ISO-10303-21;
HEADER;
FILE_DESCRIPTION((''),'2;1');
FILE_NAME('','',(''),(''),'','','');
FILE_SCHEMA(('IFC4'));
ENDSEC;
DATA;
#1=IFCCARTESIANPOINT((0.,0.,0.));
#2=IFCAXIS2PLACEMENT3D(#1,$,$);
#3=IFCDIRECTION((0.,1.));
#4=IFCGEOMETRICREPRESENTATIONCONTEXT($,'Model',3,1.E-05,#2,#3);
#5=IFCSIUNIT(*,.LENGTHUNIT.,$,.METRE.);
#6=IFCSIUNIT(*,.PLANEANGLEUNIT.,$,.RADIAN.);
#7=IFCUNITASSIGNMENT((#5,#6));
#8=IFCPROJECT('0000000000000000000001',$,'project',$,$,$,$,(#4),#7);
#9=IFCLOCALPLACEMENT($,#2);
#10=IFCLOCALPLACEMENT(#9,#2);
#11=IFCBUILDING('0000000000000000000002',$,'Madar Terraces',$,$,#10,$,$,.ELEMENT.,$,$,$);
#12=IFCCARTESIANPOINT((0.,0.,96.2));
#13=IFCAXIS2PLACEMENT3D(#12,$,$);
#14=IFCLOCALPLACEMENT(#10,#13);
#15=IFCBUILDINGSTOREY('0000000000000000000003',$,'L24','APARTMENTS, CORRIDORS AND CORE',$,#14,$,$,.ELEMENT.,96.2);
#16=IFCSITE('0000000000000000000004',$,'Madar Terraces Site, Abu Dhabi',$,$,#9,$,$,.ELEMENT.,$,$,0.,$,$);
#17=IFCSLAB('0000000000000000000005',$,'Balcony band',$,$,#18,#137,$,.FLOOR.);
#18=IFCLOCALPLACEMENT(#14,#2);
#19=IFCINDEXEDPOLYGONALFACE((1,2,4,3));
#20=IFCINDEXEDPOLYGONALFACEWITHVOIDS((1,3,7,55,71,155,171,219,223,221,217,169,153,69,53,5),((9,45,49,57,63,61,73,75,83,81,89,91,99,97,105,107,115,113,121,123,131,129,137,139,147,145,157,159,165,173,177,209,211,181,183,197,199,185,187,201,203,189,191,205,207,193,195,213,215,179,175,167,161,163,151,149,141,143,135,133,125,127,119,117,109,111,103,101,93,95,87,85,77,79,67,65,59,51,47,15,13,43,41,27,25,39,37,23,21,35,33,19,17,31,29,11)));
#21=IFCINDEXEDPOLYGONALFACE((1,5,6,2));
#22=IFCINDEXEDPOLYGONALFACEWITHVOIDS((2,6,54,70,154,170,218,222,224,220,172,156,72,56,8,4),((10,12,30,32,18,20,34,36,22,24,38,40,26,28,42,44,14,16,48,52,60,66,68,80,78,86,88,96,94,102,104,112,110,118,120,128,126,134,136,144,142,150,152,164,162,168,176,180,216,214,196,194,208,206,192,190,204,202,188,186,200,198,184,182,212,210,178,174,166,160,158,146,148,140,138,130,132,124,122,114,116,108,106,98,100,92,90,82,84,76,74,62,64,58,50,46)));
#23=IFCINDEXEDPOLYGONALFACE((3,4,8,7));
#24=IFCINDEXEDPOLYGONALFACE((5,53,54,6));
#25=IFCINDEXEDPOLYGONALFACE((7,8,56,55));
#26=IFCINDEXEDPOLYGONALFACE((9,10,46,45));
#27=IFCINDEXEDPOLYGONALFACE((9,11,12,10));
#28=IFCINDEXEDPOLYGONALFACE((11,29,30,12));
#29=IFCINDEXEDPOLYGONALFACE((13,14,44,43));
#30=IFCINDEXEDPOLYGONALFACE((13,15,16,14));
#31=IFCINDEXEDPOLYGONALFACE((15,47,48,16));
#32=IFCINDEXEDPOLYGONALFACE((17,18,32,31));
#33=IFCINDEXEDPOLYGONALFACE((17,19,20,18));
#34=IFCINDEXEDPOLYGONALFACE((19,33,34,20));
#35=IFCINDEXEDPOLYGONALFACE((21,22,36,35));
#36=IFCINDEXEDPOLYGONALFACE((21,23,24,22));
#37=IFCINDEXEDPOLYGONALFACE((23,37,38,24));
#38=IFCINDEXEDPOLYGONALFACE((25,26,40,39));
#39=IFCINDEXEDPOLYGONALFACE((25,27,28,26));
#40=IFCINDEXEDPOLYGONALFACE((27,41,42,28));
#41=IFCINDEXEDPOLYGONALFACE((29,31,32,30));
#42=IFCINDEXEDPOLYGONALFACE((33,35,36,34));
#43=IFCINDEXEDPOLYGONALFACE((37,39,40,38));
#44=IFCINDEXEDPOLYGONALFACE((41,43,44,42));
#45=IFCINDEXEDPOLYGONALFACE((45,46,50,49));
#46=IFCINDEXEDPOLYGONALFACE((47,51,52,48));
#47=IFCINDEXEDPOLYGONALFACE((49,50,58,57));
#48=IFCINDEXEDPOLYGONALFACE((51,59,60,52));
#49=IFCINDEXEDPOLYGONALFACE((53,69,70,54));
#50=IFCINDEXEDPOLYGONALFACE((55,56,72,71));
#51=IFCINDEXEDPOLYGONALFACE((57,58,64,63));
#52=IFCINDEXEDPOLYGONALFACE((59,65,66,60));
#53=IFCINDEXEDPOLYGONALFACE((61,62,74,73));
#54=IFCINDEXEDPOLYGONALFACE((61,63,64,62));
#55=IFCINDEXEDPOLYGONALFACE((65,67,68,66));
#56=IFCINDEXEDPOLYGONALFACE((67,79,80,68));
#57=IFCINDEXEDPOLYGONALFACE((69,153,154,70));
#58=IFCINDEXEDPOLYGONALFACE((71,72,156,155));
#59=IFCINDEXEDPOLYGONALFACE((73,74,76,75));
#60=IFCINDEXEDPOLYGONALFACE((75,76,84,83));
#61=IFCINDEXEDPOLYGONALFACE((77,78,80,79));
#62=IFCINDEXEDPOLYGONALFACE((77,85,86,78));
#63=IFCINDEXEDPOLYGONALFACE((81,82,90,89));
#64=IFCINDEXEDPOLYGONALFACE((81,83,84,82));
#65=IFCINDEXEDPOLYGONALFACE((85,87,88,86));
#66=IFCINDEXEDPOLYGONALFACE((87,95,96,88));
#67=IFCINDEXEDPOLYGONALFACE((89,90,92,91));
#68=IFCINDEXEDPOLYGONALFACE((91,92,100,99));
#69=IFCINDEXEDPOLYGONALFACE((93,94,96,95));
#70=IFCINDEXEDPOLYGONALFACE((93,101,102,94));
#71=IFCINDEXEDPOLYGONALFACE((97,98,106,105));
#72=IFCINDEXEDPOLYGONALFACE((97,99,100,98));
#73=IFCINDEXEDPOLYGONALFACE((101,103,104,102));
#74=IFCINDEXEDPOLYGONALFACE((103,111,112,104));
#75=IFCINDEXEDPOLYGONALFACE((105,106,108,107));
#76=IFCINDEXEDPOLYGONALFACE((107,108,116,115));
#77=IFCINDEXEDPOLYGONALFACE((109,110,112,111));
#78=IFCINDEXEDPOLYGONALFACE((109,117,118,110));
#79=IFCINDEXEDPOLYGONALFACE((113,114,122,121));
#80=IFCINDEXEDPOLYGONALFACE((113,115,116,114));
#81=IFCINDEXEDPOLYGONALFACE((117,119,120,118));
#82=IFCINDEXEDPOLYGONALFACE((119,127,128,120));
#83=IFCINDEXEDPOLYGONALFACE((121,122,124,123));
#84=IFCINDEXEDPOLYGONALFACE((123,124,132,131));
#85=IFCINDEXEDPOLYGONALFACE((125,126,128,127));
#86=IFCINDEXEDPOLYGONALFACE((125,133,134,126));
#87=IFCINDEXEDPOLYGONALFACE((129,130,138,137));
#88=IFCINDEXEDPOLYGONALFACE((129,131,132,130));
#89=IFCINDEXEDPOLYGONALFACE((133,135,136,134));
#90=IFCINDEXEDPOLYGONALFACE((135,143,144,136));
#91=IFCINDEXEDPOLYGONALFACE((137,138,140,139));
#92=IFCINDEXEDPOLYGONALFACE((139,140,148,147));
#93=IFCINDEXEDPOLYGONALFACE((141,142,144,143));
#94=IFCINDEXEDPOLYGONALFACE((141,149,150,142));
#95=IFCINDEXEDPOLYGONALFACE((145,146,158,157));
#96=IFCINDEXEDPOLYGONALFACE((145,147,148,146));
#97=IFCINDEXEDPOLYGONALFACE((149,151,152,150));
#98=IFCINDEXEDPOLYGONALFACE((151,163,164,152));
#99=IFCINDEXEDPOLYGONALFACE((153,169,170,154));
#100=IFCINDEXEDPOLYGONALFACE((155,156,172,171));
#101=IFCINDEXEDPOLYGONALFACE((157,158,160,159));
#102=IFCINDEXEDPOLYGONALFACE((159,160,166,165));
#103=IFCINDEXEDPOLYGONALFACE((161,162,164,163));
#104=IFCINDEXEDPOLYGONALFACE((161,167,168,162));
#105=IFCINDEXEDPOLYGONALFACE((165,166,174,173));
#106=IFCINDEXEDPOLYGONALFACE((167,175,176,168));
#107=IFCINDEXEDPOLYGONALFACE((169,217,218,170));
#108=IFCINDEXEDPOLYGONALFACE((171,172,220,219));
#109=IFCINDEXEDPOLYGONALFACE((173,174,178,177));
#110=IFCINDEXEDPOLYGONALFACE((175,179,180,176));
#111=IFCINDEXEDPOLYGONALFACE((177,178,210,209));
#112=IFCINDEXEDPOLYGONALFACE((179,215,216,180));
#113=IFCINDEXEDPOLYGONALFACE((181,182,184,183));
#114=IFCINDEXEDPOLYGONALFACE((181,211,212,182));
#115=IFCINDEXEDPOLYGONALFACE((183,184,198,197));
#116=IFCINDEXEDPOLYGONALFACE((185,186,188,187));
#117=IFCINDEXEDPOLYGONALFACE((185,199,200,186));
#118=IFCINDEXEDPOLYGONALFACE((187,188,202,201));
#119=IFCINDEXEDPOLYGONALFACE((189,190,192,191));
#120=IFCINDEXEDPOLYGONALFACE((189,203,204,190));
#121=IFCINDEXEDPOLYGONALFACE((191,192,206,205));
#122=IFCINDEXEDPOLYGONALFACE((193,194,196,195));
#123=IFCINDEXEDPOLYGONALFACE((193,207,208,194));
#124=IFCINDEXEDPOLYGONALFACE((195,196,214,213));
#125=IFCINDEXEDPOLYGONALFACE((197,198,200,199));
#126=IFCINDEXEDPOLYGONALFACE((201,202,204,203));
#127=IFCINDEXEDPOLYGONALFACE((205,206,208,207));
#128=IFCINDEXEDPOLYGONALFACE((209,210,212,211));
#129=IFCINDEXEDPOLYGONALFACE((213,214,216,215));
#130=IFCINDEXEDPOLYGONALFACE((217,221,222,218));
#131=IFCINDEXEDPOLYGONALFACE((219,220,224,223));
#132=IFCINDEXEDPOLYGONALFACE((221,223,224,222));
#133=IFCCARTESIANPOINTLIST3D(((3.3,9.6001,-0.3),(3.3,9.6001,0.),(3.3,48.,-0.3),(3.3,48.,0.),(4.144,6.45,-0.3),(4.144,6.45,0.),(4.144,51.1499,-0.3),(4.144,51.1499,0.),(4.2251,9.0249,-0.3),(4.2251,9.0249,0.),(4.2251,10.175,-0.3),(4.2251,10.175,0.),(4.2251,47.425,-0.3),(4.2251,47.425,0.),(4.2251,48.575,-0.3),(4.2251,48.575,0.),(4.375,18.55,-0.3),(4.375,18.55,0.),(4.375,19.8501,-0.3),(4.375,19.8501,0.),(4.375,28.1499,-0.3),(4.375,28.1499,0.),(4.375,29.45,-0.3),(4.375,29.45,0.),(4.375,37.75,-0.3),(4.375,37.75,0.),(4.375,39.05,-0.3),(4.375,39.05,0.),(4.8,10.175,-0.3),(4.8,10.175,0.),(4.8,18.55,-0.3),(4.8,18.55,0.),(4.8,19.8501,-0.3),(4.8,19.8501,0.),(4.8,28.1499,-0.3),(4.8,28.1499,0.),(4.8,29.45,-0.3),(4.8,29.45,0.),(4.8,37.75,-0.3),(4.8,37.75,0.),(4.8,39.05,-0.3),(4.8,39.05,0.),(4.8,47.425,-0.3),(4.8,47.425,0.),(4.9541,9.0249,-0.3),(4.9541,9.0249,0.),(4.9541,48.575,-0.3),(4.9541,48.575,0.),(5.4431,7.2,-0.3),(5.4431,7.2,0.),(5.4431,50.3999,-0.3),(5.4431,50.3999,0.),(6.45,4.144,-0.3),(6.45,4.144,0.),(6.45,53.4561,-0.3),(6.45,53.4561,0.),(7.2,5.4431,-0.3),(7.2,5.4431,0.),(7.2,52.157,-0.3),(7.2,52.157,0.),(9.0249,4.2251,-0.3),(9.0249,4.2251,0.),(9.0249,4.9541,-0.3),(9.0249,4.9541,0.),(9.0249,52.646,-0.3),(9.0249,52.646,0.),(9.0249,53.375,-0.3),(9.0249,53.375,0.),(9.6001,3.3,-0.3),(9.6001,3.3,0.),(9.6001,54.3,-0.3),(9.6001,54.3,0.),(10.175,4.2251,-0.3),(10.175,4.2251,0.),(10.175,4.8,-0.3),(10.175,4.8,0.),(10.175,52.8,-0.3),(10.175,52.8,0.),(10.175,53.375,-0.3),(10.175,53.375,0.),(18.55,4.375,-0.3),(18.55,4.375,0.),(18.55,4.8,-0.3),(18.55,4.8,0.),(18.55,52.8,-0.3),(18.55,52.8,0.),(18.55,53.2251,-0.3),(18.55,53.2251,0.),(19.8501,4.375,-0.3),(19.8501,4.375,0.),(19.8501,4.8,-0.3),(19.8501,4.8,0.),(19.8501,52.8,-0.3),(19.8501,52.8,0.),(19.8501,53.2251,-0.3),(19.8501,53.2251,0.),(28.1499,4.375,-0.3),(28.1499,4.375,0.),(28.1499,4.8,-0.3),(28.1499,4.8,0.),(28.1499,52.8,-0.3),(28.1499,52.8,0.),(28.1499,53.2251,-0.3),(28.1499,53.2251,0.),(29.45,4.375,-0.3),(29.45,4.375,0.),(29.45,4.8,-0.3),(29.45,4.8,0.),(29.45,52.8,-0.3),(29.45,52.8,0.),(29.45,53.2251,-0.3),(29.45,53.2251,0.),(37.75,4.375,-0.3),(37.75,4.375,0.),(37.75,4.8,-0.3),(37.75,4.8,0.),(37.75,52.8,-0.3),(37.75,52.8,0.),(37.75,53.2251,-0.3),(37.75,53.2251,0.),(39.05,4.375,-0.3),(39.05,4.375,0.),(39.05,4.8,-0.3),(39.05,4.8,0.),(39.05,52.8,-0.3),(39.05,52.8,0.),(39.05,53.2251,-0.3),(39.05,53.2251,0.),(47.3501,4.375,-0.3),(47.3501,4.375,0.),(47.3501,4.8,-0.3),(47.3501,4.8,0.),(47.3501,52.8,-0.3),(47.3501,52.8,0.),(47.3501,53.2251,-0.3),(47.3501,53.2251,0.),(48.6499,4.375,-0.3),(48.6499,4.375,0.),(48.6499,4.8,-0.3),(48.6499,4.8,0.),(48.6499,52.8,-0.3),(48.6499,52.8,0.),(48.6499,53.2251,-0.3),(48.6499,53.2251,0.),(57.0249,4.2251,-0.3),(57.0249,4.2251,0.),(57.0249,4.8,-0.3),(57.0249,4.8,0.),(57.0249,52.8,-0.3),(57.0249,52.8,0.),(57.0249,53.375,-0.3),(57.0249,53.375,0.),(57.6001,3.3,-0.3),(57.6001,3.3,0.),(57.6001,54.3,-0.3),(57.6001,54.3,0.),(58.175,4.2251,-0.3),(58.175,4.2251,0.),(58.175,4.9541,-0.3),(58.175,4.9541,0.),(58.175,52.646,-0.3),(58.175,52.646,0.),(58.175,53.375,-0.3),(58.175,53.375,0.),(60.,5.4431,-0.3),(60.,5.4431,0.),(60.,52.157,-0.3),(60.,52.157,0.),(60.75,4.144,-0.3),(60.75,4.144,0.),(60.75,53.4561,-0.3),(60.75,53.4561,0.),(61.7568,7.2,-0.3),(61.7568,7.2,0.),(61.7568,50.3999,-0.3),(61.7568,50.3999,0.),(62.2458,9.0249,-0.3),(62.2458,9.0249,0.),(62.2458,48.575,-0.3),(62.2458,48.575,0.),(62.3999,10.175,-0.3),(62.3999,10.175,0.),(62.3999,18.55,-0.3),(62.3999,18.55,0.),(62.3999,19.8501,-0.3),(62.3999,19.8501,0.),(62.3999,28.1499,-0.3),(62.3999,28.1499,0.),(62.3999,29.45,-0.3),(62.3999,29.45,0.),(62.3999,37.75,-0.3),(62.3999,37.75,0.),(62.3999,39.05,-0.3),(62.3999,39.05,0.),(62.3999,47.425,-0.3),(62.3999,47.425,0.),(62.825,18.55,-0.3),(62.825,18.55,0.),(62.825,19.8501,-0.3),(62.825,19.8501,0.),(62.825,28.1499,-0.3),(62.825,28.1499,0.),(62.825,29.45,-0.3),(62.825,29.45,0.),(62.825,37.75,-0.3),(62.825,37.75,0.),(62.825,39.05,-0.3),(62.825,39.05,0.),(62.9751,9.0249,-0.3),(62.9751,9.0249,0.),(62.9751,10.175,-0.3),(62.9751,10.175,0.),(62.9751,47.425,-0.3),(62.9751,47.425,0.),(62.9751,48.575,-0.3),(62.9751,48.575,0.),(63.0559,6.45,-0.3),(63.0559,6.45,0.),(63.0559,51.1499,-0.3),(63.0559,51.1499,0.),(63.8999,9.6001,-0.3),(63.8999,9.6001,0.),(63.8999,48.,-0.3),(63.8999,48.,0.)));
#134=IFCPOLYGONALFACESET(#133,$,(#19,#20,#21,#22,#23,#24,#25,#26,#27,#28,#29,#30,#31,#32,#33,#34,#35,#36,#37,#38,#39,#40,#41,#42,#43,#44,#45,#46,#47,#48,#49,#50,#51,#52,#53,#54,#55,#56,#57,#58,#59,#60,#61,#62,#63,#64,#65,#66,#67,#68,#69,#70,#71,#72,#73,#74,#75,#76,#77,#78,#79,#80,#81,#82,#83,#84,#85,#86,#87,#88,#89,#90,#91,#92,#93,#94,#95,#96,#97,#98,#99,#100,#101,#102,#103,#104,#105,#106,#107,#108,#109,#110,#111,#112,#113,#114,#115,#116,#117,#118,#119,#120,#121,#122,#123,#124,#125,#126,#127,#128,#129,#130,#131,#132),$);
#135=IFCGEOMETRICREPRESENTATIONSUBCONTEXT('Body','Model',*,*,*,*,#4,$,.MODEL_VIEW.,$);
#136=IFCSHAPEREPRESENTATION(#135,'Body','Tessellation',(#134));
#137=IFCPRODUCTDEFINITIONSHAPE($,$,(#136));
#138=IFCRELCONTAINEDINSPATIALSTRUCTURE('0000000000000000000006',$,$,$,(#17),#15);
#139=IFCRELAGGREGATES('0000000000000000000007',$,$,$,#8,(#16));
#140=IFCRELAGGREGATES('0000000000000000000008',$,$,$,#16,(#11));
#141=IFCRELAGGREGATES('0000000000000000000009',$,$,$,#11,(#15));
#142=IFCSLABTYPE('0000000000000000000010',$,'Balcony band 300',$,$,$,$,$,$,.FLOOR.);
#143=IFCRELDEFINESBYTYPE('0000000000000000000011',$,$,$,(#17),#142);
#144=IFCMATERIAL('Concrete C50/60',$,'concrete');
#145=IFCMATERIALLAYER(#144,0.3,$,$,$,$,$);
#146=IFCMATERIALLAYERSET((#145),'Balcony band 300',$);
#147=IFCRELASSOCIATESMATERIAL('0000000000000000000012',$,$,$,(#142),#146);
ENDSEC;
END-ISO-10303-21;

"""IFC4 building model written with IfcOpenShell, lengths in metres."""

from ifc_helpers import new_model, si_unit, direction, frame, origin, place, context, subcontext, project, spatial, polyline, outline, extrude, material, layer, layer_set, type_object, element, save


model = new_model("IFC4")

# Units and contexts
model_context = context("Model", 3, precision=1e-05, world=origin(), true_north=direction((0.0, 1.0)))
body_context = subcontext(model_context, "Body", "Model", "MODEL_VIEW")
ifc_project = project(units=[si_unit("LENGTHUNIT", "METRE"), si_unit("PLANEANGLEUNIT", "RADIAN")], contexts=[model_context])

# Site, building, storey
site_placement = place(None, origin())
site = spatial("IfcSite", under=ifc_project, at=site_placement, Name="Madar Terraces Site, Abu Dhabi", CompositionType="ELEMENT", RefElevation=0.0)
building_placement = place(site_placement, origin())
building = spatial("IfcBuilding", under=site, at=building_placement, Name="Madar Terraces", CompositionType="ELEMENT")
storey_placement = place(building_placement, frame((0.0, 0.0, 96.2)))
storey = spatial("IfcBuildingStorey", under=building, at=storey_placement, Name="L24", Description="APARTMENTS, CORRIDORS AND CORE", CompositionType="ELEMENT", Elevation=96.2)

# Slab
ifc_material_1 = material(Name="Concrete C50/60", Category="concrete")
ifc_layer_1 = layer(ifc_material_1, 0.3)
ifc_layer_set_1 = layer_set([ifc_layer_1], Name="Balcony band 300")
slab_type_1 = type_object("IfcSlabType", Name="Balcony band 300", PredefinedType="FLOOR", material=ifc_layer_set_1)
slab_1_placement = place(storey_placement, frame((0.0, 0.0, -0.3)))
element("IfcSlab", 1, at=slab_1_placement, inside=storey, type_object=slab_type_1, Name="Balcony band", PredefinedType="FLOOR", context=body_context, shape_type="SweptSolid", body=[
    extrude(outline(polyline([(9.6001, 3.3), (6.45, 4.144), (4.144, 6.45), (3.3, 9.6001), (3.3, 48.0), (4.144, 51.1499), (6.45, 53.4561), (9.6001, 54.3), (57.6001, 54.3), (60.75, 53.4561), (63.0559, 51.1499), (63.8999, 48.0), (63.8999, 9.6001), (63.0559, 6.45), (60.75, 4.144), (57.6001, 3.3), (9.6001, 3.3)]), holes=[polyline([(10.175, 4.2251), (10.175, 4.8), (18.55, 4.8), (18.55, 4.375), (19.8501, 4.375), (19.8501, 4.8), (28.1499, 4.8), (28.1499, 4.375), (29.45, 4.375), (29.45, 4.8), (37.75, 4.8), (37.75, 4.375), (39.05, 4.375), (39.05, 4.8), (47.3501, 4.8), (47.3501, 4.375), (48.6499, 4.375), (48.6499, 4.8), (57.0249, 4.8), (57.0249, 4.2251), (58.175, 4.2251), (58.175, 4.9541), (60.0, 5.4431), (61.7568, 7.2), (62.2458, 9.0249), (62.9751, 9.0249), (62.9751, 10.175), (62.3999, 10.175), (62.3999, 18.55), (62.825, 18.55), (62.825, 19.8501), (62.3999, 19.8501), (62.3999, 28.1499), (62.825, 28.1499), (62.825, 29.45), (62.3999, 29.45), (62.3999, 37.75), (62.825, 37.75), (62.825, 39.05), (62.3999, 39.05), (62.3999, 47.425), (62.9751, 47.425), (62.9751, 48.575), (62.2458, 48.575), (61.7568, 50.3999), (60.0, 52.157), (58.175, 52.646), (58.175, 53.375), (57.0249, 53.375), (57.0249, 52.8), (48.6499, 52.8), (48.6499, 53.2251), (47.3501, 53.2251), (47.3501, 52.8), (39.05, 52.8), (39.05, 53.2251), (37.75, 53.2251), (37.75, 52.8), (29.45, 52.8), (29.45, 53.2251), (28.1499, 53.2251), (28.1499, 52.8), (19.8501, 52.8), (19.8501, 53.2251), (18.55, 53.2251), (18.55, 52.8), (10.175, 52.8), (10.175, 53.375), (9.0249, 53.375), (9.0249, 52.646), (7.2, 52.157), (5.4431, 50.3999), (4.9541, 48.575), (4.2251, 48.575), (4.2251, 47.425), (4.8, 47.425), (4.8, 39.05), (4.375, 39.05), (4.375, 37.75), (4.8, 37.75), (4.8, 29.45), (4.375, 29.45), (4.375, 28.1499), (4.8, 28.1499), (4.8, 19.8501), (4.375, 19.8501), (4.375, 18.55), (4.8, 18.55), (4.8, 10.175), (4.2251, 10.175), (4.2251, 9.0249), (4.9541, 9.0249), (5.4431, 7.2), (7.2, 5.4431), (9.0249, 4.9541), (9.0249, 4.2251), (10.175, 4.2251)])]), origin(), (0.0, 0.0, 1.0), 0.3),
])

save(model, "model.ifc")
